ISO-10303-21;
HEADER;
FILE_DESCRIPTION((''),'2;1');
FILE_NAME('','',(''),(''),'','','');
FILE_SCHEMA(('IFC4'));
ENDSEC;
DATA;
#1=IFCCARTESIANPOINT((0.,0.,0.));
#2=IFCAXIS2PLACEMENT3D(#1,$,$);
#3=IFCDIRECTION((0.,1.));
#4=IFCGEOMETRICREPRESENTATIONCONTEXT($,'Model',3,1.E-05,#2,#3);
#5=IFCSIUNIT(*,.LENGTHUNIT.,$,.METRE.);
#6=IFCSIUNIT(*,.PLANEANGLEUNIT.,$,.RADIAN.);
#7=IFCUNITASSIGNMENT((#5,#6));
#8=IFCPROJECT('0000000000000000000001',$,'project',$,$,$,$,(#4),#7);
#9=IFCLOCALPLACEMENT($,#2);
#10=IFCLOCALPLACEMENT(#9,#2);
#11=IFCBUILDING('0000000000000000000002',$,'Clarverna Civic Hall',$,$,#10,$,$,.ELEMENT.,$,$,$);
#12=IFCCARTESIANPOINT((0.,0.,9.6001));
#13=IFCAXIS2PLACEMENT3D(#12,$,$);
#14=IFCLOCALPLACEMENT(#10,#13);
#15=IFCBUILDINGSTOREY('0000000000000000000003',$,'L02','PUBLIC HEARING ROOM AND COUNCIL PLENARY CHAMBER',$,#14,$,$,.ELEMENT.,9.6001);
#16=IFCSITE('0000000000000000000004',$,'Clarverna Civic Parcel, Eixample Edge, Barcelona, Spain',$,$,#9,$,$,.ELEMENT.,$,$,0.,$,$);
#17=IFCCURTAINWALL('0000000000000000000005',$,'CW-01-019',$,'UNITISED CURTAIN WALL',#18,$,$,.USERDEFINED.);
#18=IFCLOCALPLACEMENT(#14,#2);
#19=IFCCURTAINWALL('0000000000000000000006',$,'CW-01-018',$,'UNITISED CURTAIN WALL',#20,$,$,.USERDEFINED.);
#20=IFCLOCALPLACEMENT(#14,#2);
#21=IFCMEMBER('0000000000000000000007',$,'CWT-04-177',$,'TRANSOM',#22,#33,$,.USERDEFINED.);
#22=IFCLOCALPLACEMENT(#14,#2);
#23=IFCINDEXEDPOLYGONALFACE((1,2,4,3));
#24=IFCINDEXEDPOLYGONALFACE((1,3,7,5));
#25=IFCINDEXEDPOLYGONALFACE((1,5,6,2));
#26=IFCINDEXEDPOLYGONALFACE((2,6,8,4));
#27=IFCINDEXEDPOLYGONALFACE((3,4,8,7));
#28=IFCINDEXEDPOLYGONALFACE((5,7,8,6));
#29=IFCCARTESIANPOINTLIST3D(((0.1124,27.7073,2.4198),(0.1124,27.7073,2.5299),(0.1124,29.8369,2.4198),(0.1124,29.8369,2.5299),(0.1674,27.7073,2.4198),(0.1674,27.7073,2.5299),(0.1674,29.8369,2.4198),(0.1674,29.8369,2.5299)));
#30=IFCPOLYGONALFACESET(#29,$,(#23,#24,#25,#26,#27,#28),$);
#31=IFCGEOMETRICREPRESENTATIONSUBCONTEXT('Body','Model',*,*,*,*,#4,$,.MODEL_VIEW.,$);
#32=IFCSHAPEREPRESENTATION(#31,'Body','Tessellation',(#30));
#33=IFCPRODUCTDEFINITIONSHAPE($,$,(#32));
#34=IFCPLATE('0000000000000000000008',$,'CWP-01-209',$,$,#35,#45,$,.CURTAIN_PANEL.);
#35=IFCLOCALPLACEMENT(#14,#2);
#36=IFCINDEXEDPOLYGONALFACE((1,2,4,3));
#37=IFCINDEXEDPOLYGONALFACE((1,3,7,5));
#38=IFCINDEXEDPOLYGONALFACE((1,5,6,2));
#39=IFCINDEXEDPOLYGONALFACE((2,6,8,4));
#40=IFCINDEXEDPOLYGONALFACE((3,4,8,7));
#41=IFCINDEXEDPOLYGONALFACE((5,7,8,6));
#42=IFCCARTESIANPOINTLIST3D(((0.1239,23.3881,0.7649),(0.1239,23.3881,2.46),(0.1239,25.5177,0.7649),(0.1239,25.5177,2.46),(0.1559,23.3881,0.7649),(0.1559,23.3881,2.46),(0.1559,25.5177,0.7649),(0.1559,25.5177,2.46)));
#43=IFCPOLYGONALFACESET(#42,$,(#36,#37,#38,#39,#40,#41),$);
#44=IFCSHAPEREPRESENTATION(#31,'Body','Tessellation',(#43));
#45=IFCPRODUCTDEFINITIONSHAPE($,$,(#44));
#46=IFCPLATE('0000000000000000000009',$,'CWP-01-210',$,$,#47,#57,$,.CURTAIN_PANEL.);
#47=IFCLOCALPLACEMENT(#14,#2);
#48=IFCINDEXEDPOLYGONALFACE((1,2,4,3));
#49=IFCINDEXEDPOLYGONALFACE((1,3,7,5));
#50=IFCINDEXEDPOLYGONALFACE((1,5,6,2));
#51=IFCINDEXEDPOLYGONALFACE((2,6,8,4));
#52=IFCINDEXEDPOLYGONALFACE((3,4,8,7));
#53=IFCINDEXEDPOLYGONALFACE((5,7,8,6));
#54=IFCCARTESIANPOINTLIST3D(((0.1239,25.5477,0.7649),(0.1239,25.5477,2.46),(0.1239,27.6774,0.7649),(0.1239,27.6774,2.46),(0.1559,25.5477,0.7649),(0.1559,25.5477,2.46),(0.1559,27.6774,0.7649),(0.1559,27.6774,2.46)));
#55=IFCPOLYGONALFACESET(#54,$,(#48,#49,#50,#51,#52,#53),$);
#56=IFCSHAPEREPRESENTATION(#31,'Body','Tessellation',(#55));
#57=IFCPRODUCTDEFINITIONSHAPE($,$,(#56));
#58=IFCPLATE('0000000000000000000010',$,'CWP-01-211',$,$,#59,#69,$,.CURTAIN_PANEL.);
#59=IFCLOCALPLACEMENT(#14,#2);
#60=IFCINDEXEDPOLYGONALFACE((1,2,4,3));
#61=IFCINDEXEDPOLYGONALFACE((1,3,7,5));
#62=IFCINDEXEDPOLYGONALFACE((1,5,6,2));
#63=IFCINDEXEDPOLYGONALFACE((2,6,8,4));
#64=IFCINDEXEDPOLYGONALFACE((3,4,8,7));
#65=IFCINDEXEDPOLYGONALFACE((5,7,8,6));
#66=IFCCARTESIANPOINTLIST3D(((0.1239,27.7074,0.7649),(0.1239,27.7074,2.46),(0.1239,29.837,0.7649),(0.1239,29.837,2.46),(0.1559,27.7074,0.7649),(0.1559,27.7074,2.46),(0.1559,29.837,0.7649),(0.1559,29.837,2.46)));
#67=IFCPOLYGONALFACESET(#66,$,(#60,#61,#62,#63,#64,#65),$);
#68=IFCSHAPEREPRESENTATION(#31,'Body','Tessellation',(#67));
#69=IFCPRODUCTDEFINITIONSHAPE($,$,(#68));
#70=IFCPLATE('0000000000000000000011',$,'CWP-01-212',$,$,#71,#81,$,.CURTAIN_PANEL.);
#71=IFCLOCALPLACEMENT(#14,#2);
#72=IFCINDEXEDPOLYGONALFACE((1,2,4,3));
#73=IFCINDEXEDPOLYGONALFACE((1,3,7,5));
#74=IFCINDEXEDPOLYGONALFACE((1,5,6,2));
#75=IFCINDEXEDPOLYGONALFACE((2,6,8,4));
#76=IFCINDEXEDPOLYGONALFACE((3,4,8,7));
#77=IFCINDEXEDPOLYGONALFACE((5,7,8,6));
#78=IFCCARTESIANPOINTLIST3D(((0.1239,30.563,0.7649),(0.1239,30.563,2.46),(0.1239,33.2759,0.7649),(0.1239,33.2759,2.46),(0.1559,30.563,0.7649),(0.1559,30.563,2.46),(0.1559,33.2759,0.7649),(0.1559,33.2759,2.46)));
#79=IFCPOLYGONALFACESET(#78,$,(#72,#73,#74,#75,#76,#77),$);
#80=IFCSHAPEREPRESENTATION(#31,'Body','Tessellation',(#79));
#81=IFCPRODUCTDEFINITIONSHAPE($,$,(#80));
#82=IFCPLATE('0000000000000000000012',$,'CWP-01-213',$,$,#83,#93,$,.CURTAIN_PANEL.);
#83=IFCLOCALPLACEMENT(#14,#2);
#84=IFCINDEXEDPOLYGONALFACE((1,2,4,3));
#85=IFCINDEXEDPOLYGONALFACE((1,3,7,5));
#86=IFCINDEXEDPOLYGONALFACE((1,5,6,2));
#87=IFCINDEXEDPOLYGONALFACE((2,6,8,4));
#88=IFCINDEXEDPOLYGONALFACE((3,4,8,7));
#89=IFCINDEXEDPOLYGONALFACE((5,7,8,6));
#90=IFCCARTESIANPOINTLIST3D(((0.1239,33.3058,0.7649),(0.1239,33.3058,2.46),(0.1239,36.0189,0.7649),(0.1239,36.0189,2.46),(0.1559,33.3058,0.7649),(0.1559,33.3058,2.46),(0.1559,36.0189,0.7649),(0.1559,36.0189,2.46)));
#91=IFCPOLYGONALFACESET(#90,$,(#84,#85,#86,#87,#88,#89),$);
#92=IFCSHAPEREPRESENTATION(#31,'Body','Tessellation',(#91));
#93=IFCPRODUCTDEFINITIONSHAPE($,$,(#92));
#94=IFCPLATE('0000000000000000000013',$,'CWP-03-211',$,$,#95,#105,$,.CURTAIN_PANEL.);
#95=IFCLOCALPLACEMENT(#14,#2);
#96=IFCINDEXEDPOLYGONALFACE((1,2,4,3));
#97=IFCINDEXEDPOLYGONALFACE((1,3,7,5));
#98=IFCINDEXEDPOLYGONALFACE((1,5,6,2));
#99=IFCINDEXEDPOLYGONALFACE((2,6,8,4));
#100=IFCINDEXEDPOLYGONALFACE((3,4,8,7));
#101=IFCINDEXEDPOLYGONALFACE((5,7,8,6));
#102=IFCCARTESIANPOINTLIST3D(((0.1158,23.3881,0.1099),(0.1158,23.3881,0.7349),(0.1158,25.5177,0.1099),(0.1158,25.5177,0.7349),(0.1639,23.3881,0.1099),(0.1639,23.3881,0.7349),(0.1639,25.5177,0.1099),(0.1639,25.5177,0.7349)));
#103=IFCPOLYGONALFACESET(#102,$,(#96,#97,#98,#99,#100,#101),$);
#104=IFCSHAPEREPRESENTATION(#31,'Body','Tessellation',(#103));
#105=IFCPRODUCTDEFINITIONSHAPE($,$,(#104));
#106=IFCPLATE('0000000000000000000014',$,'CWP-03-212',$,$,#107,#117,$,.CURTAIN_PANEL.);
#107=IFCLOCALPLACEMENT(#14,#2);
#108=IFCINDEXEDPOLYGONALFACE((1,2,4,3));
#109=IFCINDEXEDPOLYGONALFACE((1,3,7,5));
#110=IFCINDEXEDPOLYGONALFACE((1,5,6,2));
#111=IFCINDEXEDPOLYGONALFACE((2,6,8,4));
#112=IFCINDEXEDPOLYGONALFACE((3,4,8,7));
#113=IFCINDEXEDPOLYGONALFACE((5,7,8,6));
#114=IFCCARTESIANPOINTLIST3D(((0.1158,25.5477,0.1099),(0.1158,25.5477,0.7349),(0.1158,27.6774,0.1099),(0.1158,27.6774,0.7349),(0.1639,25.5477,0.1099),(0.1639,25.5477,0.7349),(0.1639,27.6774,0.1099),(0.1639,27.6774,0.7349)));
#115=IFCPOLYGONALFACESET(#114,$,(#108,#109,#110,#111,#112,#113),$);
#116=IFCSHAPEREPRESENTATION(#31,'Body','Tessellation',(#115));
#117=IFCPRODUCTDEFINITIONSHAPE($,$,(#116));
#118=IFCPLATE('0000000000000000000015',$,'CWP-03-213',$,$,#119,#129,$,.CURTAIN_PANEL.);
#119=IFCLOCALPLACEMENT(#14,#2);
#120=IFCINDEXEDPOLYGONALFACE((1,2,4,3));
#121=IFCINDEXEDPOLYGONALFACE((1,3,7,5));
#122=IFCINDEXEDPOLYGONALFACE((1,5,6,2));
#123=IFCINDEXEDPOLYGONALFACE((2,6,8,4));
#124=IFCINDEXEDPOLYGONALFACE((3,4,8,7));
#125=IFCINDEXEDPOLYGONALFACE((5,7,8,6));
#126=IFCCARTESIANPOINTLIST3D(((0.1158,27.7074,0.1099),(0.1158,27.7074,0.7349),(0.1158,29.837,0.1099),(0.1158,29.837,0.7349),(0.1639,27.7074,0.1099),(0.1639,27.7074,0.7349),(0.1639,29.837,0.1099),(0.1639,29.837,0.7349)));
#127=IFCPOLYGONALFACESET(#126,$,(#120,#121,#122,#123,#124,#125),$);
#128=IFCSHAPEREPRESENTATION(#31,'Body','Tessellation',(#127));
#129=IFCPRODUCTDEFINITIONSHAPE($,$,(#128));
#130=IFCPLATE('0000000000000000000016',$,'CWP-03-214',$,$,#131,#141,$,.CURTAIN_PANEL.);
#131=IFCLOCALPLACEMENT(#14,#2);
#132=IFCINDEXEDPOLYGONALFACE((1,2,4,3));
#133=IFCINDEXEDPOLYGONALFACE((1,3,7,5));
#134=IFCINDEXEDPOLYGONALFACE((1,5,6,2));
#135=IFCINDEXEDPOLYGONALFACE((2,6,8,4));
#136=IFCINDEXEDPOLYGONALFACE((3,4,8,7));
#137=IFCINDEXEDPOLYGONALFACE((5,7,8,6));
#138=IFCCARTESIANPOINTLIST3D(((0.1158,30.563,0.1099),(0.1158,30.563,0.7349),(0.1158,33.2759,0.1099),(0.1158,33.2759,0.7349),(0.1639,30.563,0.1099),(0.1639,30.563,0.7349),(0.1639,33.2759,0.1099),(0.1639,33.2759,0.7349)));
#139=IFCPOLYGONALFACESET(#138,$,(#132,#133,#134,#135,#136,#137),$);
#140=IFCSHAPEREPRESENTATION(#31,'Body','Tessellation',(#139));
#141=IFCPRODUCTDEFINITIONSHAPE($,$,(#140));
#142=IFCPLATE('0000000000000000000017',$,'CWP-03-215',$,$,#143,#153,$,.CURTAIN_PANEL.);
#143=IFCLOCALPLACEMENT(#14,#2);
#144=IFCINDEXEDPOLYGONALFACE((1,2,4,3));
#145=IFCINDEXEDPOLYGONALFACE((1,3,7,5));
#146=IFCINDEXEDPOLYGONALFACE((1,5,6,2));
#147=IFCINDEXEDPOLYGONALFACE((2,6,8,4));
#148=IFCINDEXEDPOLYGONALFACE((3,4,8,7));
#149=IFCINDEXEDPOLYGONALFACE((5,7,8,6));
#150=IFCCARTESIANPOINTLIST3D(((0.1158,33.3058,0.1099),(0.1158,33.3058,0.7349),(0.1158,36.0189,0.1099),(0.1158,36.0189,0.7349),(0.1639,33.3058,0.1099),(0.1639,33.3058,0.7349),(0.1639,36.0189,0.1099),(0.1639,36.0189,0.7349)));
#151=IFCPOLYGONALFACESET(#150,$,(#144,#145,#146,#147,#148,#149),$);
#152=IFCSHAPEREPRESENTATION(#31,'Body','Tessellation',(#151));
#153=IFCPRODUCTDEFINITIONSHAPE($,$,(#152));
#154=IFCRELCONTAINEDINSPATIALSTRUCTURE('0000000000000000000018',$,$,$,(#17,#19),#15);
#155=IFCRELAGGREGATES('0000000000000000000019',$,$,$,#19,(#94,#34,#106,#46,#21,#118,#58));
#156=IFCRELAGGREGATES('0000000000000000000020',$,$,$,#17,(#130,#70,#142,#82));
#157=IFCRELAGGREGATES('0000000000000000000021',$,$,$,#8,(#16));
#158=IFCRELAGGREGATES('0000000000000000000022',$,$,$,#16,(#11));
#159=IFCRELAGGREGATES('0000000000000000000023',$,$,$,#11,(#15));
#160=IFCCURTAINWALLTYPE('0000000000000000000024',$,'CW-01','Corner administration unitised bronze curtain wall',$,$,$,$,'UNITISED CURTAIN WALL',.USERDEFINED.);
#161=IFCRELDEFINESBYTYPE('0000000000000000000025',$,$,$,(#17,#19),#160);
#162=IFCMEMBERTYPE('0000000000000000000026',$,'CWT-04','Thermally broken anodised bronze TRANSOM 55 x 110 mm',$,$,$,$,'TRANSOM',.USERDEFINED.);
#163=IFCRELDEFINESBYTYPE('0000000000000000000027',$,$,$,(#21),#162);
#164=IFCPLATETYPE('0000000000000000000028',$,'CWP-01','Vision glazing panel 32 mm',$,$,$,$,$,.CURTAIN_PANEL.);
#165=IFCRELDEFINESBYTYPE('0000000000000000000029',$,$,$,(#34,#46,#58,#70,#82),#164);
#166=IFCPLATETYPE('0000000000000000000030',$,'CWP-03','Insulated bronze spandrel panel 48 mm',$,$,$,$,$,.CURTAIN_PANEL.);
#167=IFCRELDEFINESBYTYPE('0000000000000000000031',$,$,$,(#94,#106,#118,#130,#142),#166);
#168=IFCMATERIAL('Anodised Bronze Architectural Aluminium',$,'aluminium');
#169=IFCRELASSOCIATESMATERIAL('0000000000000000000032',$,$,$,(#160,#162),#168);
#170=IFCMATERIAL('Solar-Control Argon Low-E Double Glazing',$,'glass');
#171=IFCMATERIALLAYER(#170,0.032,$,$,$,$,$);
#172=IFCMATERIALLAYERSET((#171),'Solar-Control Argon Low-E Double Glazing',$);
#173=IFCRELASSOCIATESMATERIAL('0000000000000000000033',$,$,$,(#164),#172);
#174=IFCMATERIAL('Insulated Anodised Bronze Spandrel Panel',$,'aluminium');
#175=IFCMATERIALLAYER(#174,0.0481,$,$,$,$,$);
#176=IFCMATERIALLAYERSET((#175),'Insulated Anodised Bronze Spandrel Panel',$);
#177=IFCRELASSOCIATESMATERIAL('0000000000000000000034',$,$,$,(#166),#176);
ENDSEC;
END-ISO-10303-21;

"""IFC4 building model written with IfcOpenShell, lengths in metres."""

from ifc_helpers import new_model, si_unit, direction, frame, frame_2d, origin, origin_2d, place, context, subcontext, project, spatial, rectangle, extrude, material, layer, layer_set, material_profile, profile_set, type_object, element, aggregate, save


model = new_model("IFC4")

# Units and contexts
model_context = context("Model", 3, precision=1e-05, world=origin(), true_north=direction((0.0, 1.0)))
body_context = subcontext(model_context, "Body", "Model", "MODEL_VIEW")
ifc_project = project(units=[si_unit("LENGTHUNIT", "METRE"), si_unit("PLANEANGLEUNIT", "RADIAN")], contexts=[model_context])

# Site, building, storey
site_placement = place(None, origin())
site = spatial("IfcSite", under=ifc_project, at=site_placement, Name="Clarverna Civic Parcel, Eixample Edge, Barcelona, Spain", CompositionType="ELEMENT", RefElevation=0.0)
building_placement = place(site_placement, origin())
building = spatial("IfcBuilding", under=site, at=building_placement, Name="Clarverna Civic Hall", CompositionType="ELEMENT")
storey_placement = place(building_placement, frame((0.0, 0.0, 9.6001)))
storey = spatial("IfcBuildingStorey", under=building, at=storey_placement, Name="L02", Description="PUBLIC HEARING ROOM AND COUNCIL PLENARY CHAMBER", CompositionType="ELEMENT", Elevation=9.6001)

# Curtain wall
ifc_material_1 = material(Name="Anodised Bronze Architectural Aluminium", Category="aluminium")
curtain_wall_type = type_object("IfcCurtainWallType", Name="CW-01", Description="Corner administration unitised bronze curtain wall", ElementType="UNITISED CURTAIN WALL", PredefinedType="USERDEFINED", material=ifc_material_1)
curtain_wall_1_placement = place(storey_placement, origin())
curtain_wall_1 = element("IfcCurtainWall", 1, at=curtain_wall_1_placement, inside=storey, type_object=curtain_wall_type, Name="CW-01-019", ObjectType="UNITISED CURTAIN WALL", PredefinedType="USERDEFINED")

# Curtain wall
curtain_wall_2_placement = place(storey_placement, origin())
curtain_wall_2 = element("IfcCurtainWall", 2, at=curtain_wall_2_placement, inside=storey, type_object=curtain_wall_type, Name="CW-01-018", ObjectType="UNITISED CURTAIN WALL", PredefinedType="USERDEFINED")

# Member
ifc_material_profile_1 = material_profile(ifc_material_1, rectangle(XDim=0.0549, YDim=0.1101, at=origin_2d()), Name="BRONZE 55x110")
ifc_profile_set_1 = profile_set([ifc_material_profile_1], Name="Anodised Bronze Architectural Aluminium")
member_type_1 = type_object("IfcMemberType", Name="CWT-04", Description="Thermally broken anodised bronze TRANSOM 55 x 110 mm", ElementType="TRANSOM", PredefinedType="USERDEFINED", material=ifc_profile_set_1)
member_1_placement = place(storey_placement, frame((0.1399, 27.7073, 2.4749), z_axis=(0.0, 1.0, 0.0), x_axis=(-1.0, 0.0, 0.0)))
member_1 = element("IfcMember", 3, at=member_1_placement, type_object=member_type_1, Name="CWT-04-177", ObjectType="TRANSOM", PredefinedType="USERDEFINED", context=body_context, shape_type="SweptSolid", body=[
    extrude(rectangle(XDim=0.0549, YDim=0.1101, at=origin_2d()), origin(), (0.0, 0.0, 1.0), 2.1296),
])

# Plates
ifc_material_2 = material(Name="Solar-Control Argon Low-E Double Glazing", Category="glass")
ifc_layer_1 = layer(ifc_material_2, 0.032)
ifc_layer_set_1 = layer_set([ifc_layer_1], Name="Solar-Control Argon Low-E Double Glazing")
plate_type_1 = type_object("IfcPlateType", Name="CWP-01", Description="Vision glazing panel 32 mm", PredefinedType="CURTAIN_PANEL", material=ifc_layer_set_1)
plate_1_placement = place(storey_placement, frame((0.1399, 23.3879, 0.7649), z_axis=(0.0, 0.0, 1.0), x_axis=(0.0, 1.0, 0.0)))
plate_1 = element("IfcPlate", 4, at=plate_1_placement, type_object=plate_type_1, Name="CWP-01-209", PredefinedType="CURTAIN_PANEL", context=body_context, shape_type="SweptSolid", body=[
    extrude(rectangle(XDim=2.1296, YDim=0.032, at=frame_2d((1.0649, 0.0))), origin(), (0.0, 0.0, 1.0), 1.6951),
])
plate_2_placement = place(storey_placement, frame((0.1399, 25.5476, 0.7649), z_axis=(0.0, 0.0, 1.0), x_axis=(0.0, 1.0, 0.0)))
plate_2 = element("IfcPlate", 5, at=plate_2_placement, type_object=plate_type_1, Name="CWP-01-210", PredefinedType="CURTAIN_PANEL", context=body_context, shape_type="SweptSolid", body=[
    extrude(rectangle(XDim=2.1296, YDim=0.032, at=frame_2d((1.0649, 0.0))), origin(), (0.0, 0.0, 1.0), 1.6951),
])
plate_3_placement = place(storey_placement, frame((0.1399, 27.7073, 0.7649), z_axis=(0.0, 0.0, 1.0), x_axis=(0.0, 1.0, 0.0)))
plate_3 = element("IfcPlate", 6, at=plate_3_placement, type_object=plate_type_1, Name="CWP-01-211", PredefinedType="CURTAIN_PANEL", context=body_context, shape_type="SweptSolid", body=[
    extrude(rectangle(XDim=2.1296, YDim=0.032, at=frame_2d((1.0649, 0.0))), origin(), (0.0, 0.0, 1.0), 1.6951),
])
plate_4_placement = place(storey_placement, frame((0.1399, 30.563, 0.7649), z_axis=(0.0, 0.0, 1.0), x_axis=(0.0, 1.0, 0.0)))
plate_4 = element("IfcPlate", 7, at=plate_4_placement, type_object=plate_type_1, Name="CWP-01-212", PredefinedType="CURTAIN_PANEL", context=body_context, shape_type="SweptSolid", body=[
    extrude(rectangle(XDim=2.7129, YDim=0.032, at=frame_2d((1.3564, 0.0))), origin(), (0.0, 0.0, 1.0), 1.6951),
])
plate_5_placement = place(storey_placement, frame((0.1399, 33.3059, 0.7649), z_axis=(0.0, 0.0, 1.0), x_axis=(0.0, 1.0, 0.0)))
plate_5 = element("IfcPlate", 8, at=plate_5_placement, type_object=plate_type_1, Name="CWP-01-213", PredefinedType="CURTAIN_PANEL", context=body_context, shape_type="SweptSolid", body=[
    extrude(rectangle(XDim=2.7131, YDim=0.032, at=frame_2d((1.3564, 0.0))), origin(), (0.0, 0.0, 1.0), 1.6951),
])
ifc_material_3 = material(Name="Insulated Anodised Bronze Spandrel Panel", Category="aluminium")
ifc_layer_2 = layer(ifc_material_3, 0.0481)
ifc_layer_set_2 = layer_set([ifc_layer_2], Name="Insulated Anodised Bronze Spandrel Panel")
plate_type_2 = type_object("IfcPlateType", Name="CWP-03", Description="Insulated bronze spandrel panel 48 mm", PredefinedType="CURTAIN_PANEL", material=ifc_layer_set_2)
plate_6_placement = place(storey_placement, frame((0.1399, 23.3879, 0.1099), z_axis=(0.0, 0.0, 1.0), x_axis=(0.0, 1.0, 0.0)))
plate_6 = element("IfcPlate", 9, at=plate_6_placement, type_object=plate_type_2, Name="CWP-03-211", PredefinedType="CURTAIN_PANEL", context=body_context, shape_type="SweptSolid", body=[
    extrude(rectangle(XDim=2.1296, YDim=0.0481, at=frame_2d((1.0649, 0.0))), origin(), (0.0, 0.0, 1.0), 0.625),
])
plate_7_placement = place(storey_placement, frame((0.1399, 25.5476, 0.1099), z_axis=(0.0, 0.0, 1.0), x_axis=(0.0, 1.0, 0.0)))
plate_7 = element("IfcPlate", 10, at=plate_7_placement, type_object=plate_type_2, Name="CWP-03-212", PredefinedType="CURTAIN_PANEL", context=body_context, shape_type="SweptSolid", body=[
    extrude(rectangle(XDim=2.1296, YDim=0.0481, at=frame_2d((1.0649, 0.0))), origin(), (0.0, 0.0, 1.0), 0.625),
])
plate_8_placement = place(storey_placement, frame((0.1399, 27.7073, 0.1099), z_axis=(0.0, 0.0, 1.0), x_axis=(0.0, 1.0, 0.0)))
plate_8 = element("IfcPlate", 11, at=plate_8_placement, type_object=plate_type_2, Name="CWP-03-213", PredefinedType="CURTAIN_PANEL", context=body_context, shape_type="SweptSolid", body=[
    extrude(rectangle(XDim=2.1296, YDim=0.0481, at=frame_2d((1.0649, 0.0))), origin(), (0.0, 0.0, 1.0), 0.625),
])
aggregate(curtain_wall_2, [plate_6, plate_1, plate_7, plate_2, member_1, plate_8, plate_3])
plate_9_placement = place(storey_placement, frame((0.1399, 30.563, 0.1099), z_axis=(0.0, 0.0, 1.0), x_axis=(0.0, 1.0, 0.0)))
plate_9 = element("IfcPlate", 12, at=plate_9_placement, type_object=plate_type_2, Name="CWP-03-214", PredefinedType="CURTAIN_PANEL", context=body_context, shape_type="SweptSolid", body=[
    extrude(rectangle(XDim=2.7129, YDim=0.0481, at=frame_2d((1.3564, 0.0))), origin(), (0.0, 0.0, 1.0), 0.625),
])
plate_10_placement = place(storey_placement, frame((0.1399, 33.3059, 0.1099), z_axis=(0.0, 0.0, 1.0), x_axis=(0.0, 1.0, 0.0)))
plate_10 = element("IfcPlate", 13, at=plate_10_placement, type_object=plate_type_2, Name="CWP-03-215", PredefinedType="CURTAIN_PANEL", context=body_context, shape_type="SweptSolid", body=[
    extrude(rectangle(XDim=2.7131, YDim=0.0481, at=frame_2d((1.3564, 0.0))), origin(), (0.0, 0.0, 1.0), 0.625),
])
aggregate(curtain_wall_1, [plate_9, plate_4, plate_10, plate_5])

save(model, "model.ifc")
